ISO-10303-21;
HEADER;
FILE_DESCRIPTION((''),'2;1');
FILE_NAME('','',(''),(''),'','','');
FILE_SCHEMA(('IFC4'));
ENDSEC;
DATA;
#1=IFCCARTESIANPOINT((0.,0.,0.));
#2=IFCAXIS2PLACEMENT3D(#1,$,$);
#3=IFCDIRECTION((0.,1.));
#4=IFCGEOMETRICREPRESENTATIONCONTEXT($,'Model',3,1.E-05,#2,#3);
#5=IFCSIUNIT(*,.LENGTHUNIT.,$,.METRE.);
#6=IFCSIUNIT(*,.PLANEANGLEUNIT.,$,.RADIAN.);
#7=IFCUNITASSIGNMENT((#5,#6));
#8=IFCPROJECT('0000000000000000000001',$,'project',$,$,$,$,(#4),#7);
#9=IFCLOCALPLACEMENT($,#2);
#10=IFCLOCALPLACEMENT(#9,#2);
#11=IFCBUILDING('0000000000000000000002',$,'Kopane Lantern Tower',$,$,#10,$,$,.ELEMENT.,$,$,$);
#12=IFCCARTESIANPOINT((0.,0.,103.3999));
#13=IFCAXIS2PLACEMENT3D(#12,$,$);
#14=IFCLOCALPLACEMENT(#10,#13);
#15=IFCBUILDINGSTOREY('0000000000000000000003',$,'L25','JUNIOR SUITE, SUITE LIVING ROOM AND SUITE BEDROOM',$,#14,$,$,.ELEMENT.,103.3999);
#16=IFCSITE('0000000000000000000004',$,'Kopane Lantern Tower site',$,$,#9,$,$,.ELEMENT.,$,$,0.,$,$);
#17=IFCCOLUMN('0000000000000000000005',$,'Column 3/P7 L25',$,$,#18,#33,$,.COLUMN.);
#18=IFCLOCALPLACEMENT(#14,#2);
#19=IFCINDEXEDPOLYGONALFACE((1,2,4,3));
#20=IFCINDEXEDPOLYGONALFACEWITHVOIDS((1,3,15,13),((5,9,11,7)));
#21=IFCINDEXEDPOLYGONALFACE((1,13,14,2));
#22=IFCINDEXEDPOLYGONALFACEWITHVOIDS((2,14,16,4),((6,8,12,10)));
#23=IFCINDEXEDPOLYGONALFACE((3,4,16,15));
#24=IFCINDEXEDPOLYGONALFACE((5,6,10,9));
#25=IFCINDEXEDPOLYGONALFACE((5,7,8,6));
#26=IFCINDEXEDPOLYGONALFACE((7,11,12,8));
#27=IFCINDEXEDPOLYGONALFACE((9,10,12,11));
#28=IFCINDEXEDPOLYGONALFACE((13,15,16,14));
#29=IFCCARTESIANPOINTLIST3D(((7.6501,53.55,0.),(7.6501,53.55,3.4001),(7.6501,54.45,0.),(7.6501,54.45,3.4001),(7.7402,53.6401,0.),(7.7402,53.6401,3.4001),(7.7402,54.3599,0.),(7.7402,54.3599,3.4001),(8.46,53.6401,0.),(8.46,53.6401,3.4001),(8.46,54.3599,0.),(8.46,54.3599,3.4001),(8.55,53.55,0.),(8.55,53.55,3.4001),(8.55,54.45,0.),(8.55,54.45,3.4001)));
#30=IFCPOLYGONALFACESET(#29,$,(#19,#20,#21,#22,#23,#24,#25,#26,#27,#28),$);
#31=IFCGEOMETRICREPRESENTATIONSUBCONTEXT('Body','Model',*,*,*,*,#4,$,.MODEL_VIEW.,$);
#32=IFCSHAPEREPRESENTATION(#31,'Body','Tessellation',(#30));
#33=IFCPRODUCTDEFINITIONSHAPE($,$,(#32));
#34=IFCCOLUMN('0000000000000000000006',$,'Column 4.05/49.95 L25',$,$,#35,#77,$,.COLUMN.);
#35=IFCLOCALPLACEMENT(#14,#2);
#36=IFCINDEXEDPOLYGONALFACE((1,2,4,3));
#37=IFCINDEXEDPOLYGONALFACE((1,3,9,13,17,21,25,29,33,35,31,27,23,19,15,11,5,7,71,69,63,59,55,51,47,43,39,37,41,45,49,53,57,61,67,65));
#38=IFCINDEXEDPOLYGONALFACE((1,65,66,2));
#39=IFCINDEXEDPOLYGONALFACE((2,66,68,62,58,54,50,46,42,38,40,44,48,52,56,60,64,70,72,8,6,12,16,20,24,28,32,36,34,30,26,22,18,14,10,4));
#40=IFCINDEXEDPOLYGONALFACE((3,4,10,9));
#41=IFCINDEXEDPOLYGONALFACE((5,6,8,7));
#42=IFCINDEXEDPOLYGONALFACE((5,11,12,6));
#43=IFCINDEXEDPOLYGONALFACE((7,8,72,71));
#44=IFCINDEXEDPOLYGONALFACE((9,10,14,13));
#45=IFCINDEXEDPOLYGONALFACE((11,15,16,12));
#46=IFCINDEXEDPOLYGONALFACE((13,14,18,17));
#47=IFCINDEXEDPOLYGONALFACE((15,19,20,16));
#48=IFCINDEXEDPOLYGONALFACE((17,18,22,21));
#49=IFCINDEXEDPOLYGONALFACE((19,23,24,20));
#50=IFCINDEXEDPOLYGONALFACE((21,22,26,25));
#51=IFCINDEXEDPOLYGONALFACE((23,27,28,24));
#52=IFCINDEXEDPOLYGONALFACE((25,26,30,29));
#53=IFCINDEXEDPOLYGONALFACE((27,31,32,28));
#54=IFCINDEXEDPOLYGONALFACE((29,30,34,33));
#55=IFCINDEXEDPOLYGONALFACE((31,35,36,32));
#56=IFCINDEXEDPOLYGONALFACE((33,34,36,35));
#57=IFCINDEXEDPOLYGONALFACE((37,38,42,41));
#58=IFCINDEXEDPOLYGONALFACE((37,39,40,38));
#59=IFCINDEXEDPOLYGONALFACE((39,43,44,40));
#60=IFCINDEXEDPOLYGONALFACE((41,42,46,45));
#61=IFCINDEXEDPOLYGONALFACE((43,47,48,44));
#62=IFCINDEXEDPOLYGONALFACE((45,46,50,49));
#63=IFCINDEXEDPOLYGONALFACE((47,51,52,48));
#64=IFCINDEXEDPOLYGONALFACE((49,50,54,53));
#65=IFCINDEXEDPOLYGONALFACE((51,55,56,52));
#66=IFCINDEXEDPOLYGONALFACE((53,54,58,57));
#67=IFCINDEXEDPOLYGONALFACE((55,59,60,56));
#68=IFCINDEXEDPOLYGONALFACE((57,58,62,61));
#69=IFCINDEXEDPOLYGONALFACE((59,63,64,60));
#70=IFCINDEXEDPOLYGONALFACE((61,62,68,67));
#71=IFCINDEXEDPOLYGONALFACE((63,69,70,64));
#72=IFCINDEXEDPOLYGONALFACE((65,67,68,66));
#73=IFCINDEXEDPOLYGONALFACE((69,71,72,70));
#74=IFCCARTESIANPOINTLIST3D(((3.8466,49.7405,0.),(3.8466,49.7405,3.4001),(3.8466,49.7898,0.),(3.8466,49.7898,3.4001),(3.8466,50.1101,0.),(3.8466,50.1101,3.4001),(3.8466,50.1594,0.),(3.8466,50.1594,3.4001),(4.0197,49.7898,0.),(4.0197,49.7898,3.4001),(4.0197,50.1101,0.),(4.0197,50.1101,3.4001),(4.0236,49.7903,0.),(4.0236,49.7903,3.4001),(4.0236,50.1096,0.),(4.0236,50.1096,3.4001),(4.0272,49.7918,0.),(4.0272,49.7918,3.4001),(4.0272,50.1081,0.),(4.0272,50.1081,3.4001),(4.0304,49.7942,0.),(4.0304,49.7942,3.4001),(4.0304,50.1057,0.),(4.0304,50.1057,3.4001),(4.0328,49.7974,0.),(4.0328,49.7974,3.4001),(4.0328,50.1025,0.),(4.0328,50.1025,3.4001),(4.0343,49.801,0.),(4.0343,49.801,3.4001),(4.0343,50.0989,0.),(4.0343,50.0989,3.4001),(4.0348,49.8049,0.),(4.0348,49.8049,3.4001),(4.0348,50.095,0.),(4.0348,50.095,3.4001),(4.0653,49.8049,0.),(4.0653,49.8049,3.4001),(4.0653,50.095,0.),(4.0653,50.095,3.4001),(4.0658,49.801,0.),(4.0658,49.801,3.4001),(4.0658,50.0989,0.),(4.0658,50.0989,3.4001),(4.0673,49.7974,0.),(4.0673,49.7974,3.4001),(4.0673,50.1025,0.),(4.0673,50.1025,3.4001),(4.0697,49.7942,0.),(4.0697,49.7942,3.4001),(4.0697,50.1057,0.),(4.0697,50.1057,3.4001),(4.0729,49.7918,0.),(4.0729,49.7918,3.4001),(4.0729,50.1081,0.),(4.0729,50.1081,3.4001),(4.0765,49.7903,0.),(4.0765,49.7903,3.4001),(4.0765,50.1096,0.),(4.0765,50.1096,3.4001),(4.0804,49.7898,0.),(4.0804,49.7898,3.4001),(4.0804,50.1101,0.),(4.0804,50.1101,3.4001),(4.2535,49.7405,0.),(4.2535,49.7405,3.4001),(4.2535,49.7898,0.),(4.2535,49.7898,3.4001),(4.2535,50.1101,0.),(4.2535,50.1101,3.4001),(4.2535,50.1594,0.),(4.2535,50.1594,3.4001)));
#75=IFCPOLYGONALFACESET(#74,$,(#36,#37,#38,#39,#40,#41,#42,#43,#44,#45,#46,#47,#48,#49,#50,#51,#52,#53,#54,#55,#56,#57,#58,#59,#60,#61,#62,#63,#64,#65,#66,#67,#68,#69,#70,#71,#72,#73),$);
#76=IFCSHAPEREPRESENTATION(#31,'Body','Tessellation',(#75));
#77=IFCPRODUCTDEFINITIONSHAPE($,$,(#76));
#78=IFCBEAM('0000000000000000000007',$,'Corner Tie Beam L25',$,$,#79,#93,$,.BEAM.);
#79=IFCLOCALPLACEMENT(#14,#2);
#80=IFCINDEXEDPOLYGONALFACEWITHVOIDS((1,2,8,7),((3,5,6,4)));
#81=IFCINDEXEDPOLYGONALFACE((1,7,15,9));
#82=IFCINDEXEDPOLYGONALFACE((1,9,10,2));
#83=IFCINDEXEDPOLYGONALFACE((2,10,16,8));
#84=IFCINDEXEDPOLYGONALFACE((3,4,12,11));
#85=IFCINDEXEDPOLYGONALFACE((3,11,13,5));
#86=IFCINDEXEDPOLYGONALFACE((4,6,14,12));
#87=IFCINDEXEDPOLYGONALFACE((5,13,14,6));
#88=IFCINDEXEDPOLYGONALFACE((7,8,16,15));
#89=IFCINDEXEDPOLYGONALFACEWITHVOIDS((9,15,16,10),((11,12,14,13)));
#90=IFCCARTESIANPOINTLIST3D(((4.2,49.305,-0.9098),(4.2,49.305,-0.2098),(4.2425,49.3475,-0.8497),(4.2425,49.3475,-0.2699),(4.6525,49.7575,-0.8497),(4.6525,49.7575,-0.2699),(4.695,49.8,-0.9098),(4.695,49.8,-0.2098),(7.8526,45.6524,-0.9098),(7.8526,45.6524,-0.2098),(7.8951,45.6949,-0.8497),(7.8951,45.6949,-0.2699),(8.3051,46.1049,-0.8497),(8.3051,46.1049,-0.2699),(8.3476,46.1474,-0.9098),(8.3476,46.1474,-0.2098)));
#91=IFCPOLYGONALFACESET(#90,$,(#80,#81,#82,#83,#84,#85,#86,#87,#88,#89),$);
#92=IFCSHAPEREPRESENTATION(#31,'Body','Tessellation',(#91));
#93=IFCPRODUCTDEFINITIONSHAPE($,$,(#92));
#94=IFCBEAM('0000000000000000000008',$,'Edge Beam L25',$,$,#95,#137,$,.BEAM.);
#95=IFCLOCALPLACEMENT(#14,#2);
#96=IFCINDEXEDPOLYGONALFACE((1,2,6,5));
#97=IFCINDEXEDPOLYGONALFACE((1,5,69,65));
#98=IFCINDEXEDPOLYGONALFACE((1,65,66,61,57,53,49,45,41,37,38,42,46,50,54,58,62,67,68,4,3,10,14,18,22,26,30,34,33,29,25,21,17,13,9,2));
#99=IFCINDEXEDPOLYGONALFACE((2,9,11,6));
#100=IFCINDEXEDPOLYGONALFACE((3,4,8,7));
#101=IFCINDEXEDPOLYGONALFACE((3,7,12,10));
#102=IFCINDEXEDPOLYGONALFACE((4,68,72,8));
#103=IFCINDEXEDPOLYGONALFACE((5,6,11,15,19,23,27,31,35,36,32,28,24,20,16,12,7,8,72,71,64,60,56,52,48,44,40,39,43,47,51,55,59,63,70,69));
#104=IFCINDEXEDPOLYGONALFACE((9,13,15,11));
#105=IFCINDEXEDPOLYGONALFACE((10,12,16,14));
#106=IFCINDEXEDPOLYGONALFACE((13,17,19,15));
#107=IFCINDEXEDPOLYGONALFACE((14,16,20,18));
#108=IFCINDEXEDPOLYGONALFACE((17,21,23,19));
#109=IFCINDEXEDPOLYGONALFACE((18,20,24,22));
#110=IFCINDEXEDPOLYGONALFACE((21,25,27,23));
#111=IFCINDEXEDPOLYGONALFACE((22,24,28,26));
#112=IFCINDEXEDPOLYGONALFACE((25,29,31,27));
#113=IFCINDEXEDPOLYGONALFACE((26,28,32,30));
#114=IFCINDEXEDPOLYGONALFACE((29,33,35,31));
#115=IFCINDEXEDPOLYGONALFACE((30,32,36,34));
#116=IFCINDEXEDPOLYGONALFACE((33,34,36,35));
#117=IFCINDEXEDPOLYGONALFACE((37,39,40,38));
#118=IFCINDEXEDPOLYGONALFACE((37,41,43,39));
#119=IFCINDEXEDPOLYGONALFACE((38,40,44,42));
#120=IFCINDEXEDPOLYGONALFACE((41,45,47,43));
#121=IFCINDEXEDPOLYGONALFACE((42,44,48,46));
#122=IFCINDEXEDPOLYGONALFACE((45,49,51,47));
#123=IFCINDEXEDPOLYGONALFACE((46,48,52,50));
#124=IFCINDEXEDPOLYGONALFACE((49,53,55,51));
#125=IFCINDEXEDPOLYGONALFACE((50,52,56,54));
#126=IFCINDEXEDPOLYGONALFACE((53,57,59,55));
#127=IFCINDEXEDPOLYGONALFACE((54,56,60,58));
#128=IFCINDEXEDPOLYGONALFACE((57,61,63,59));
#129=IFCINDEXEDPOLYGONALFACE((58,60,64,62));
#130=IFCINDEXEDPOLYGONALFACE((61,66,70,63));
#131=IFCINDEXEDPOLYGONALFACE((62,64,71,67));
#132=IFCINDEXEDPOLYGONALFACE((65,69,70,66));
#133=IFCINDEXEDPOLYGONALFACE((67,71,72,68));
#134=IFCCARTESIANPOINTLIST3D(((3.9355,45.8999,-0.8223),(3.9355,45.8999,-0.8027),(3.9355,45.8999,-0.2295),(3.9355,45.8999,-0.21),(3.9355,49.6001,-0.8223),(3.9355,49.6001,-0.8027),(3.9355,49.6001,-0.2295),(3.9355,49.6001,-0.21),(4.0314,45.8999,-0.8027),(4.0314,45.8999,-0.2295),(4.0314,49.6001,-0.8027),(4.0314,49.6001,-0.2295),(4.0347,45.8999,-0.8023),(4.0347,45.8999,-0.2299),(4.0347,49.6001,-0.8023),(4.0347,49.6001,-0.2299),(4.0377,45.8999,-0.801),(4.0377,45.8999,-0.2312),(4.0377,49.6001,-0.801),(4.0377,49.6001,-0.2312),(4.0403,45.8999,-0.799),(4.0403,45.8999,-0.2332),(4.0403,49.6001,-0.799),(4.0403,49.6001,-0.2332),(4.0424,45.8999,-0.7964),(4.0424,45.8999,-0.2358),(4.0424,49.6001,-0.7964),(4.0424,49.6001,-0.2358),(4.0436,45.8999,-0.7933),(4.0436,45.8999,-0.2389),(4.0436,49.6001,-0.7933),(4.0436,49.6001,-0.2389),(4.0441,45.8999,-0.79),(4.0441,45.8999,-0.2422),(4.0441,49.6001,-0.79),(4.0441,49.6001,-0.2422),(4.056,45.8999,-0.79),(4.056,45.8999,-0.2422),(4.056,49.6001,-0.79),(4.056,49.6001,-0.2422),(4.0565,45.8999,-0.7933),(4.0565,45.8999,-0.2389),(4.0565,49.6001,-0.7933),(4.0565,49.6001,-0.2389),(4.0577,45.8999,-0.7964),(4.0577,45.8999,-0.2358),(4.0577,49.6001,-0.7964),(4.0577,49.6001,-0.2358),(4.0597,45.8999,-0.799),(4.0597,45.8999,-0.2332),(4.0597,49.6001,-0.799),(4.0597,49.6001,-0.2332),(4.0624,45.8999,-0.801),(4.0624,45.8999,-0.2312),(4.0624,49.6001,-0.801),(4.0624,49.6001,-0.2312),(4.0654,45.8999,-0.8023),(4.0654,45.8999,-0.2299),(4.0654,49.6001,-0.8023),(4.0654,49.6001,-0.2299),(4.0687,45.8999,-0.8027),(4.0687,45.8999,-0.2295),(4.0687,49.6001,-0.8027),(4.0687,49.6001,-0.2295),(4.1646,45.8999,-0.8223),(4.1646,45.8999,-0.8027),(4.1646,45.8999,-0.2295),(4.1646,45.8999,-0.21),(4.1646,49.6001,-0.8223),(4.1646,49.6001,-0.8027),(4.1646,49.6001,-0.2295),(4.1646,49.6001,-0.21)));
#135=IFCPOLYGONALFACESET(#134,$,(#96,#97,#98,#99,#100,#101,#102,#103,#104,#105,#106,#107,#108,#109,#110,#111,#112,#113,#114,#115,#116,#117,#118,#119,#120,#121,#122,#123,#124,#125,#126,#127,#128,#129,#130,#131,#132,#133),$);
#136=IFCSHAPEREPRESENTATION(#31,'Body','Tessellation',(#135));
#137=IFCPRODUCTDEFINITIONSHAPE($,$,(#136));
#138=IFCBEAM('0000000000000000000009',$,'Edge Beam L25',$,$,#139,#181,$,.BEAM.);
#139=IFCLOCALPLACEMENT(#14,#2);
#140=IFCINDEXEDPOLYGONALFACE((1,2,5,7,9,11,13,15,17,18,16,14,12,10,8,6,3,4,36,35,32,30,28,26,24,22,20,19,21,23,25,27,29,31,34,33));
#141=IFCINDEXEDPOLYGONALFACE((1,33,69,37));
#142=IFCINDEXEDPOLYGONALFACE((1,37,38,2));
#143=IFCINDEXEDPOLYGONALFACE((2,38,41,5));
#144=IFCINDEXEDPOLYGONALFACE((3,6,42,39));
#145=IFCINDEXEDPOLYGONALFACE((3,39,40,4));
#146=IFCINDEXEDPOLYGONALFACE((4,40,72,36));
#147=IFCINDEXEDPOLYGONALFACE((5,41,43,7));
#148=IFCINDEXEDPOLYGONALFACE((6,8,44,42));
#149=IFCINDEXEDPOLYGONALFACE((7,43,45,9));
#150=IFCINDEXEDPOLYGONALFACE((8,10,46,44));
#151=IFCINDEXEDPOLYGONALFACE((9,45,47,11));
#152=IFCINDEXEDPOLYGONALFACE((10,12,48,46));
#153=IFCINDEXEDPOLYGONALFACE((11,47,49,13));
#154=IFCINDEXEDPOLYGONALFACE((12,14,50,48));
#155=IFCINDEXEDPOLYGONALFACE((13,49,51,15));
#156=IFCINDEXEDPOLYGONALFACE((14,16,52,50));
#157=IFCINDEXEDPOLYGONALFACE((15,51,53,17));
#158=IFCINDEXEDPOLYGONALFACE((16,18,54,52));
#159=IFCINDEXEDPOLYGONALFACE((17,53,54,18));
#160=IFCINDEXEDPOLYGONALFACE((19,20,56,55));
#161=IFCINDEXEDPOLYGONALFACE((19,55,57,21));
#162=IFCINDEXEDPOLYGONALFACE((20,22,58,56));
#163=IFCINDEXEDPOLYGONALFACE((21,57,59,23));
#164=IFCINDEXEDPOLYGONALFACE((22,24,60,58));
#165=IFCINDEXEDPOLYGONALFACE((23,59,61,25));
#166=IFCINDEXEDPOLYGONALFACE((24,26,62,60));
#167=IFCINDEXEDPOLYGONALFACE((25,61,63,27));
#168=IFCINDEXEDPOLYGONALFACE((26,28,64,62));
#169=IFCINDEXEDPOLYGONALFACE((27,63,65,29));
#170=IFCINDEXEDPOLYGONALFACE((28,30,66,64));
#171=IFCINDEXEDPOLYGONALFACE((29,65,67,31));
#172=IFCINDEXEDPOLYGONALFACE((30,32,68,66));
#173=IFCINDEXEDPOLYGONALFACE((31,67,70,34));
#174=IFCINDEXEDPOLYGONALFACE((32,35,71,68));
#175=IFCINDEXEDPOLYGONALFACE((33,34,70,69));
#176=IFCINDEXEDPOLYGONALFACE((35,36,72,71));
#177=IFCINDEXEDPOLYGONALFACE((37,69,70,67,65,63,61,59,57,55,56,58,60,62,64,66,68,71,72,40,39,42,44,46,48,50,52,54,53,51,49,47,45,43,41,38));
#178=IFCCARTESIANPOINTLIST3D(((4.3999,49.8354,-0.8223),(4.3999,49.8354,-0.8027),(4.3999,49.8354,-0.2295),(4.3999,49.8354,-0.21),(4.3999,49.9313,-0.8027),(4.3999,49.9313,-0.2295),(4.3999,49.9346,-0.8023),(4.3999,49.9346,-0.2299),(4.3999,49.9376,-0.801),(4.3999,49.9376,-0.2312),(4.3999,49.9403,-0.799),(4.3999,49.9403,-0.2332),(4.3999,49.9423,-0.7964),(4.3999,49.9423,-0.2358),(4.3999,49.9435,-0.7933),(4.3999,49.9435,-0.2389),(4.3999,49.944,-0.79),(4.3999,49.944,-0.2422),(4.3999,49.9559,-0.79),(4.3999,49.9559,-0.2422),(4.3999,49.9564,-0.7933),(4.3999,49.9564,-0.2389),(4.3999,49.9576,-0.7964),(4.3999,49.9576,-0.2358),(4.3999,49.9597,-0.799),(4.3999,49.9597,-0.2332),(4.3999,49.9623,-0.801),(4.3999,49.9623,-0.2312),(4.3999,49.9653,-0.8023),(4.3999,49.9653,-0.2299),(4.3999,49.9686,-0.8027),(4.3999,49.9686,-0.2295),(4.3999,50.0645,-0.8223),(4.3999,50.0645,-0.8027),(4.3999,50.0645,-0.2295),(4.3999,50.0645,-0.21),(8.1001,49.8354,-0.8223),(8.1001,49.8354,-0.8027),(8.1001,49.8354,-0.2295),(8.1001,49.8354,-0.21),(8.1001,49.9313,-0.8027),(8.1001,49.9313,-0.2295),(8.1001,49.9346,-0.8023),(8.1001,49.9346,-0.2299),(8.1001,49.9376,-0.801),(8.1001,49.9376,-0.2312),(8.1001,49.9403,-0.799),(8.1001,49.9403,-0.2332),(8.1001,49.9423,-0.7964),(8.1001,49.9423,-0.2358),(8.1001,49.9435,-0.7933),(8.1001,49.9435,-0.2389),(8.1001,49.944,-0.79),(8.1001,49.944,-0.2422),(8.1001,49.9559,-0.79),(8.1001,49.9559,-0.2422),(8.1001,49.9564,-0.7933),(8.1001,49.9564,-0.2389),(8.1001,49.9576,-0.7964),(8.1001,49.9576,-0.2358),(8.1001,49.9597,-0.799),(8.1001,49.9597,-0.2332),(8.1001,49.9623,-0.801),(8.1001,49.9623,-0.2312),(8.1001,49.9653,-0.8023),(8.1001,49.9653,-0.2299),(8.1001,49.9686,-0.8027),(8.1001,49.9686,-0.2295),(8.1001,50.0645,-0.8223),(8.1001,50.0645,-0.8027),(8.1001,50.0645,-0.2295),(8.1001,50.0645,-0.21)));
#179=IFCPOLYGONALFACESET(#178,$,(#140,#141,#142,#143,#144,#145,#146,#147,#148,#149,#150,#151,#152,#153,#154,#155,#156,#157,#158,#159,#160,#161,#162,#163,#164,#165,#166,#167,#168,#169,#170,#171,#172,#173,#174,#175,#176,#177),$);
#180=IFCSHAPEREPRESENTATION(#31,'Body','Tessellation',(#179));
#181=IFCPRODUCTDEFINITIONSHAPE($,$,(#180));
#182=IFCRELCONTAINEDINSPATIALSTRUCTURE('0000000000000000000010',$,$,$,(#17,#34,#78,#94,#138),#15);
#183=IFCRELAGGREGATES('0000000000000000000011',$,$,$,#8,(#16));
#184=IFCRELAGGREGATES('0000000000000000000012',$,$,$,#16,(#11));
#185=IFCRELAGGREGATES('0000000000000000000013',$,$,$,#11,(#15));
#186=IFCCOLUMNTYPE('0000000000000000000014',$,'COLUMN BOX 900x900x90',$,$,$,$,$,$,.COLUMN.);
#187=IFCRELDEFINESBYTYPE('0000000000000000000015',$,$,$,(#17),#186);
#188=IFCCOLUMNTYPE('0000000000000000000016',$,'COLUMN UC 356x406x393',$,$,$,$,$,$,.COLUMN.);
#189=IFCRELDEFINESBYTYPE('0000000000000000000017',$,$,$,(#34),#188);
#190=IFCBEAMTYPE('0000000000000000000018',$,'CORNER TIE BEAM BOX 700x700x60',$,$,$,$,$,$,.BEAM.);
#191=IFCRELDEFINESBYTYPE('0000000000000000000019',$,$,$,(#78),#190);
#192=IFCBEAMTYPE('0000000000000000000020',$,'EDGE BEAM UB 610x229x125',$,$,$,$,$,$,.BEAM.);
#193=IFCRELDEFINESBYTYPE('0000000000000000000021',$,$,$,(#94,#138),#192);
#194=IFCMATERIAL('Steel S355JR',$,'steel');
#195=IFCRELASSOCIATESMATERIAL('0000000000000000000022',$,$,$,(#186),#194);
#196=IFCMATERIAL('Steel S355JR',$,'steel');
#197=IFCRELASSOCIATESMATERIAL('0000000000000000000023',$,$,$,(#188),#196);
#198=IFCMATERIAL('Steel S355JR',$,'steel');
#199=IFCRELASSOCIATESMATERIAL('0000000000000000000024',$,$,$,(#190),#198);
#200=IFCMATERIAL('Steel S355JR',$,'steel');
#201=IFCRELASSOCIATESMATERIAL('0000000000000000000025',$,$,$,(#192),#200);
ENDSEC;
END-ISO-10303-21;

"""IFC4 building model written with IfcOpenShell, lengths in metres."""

from ifc_helpers import new_model, si_unit, direction, frame, origin, origin_2d, place, context, subcontext, project, spatial, hollow_rectangle, i_section, extrude, material, material_profile, profile_set, type_object, element, save


model = new_model("IFC4")

# Units and contexts
model_context = context("Model", 3, precision=1e-05, world=origin(), true_north=direction((0.0, 1.0)))
body_context = subcontext(model_context, "Body", "Model", "MODEL_VIEW")
ifc_project = project(units=[si_unit("LENGTHUNIT", "METRE"), si_unit("PLANEANGLEUNIT", "RADIAN")], contexts=[model_context])

# Site, building, storey
site_placement = place(None, origin())
site = spatial("IfcSite", under=ifc_project, at=site_placement, Name="Kopane Lantern Tower site", CompositionType="ELEMENT", RefElevation=0.0)
building_placement = place(site_placement, origin())
building = spatial("IfcBuilding", under=site, at=building_placement, Name="Kopane Lantern Tower", CompositionType="ELEMENT")
storey_placement = place(building_placement, frame((0.0, 0.0, 103.3999)))
storey = spatial("IfcBuildingStorey", under=building, at=storey_placement, Name="L25", Description="JUNIOR SUITE, SUITE LIVING ROOM AND SUITE BEDROOM", CompositionType="ELEMENT", Elevation=103.3999)

# Columns
ifc_material_1 = material(Name="Steel S355JR", Category="steel")
ifc_material_profile_1 = material_profile(ifc_material_1, hollow_rectangle(XDim=0.8999, YDim=0.8999, WallThickness=0.0901, at=origin_2d()), Name="BOX 900x900x90")
ifc_profile_set_1 = profile_set([ifc_material_profile_1], Name="Steel S355JR")
column_type_1 = type_object("IfcColumnType", Name="COLUMN BOX 900x900x90", PredefinedType="COLUMN", material=ifc_profile_set_1)
column_1_placement = place(storey_placement, frame((8.1001, 54.0, 0.0), z_axis=(0.0, 0.0, 1.0), x_axis=(1.0, 0.0, 0.0)))
element("IfcColumn", 1, at=column_1_placement, inside=storey, type_object=column_type_1, Name="Column 3/P7 L25", PredefinedType="COLUMN", context=body_context, shape_type="SweptSolid", body=[
    extrude(hollow_rectangle(XDim=0.8999, YDim=0.8999, WallThickness=0.0901, at=origin_2d()), origin(), (0.0, 0.0, 1.0), 3.4001),
])
ifc_material_2 = material(Name="Steel S355JR", Category="steel")
ifc_material_profile_2 = material_profile(ifc_material_2, i_section(OverallWidth=0.407, OverallDepth=0.4189, WebThickness=0.0305, FlangeThickness=0.0493, FilletRadius=0.0151, at=origin_2d()), Name="UC 356x406x393")
ifc_profile_set_2 = profile_set([ifc_material_profile_2], Name="Steel S355JR")
column_type_2 = type_object("IfcColumnType", Name="COLUMN UC 356x406x393", PredefinedType="COLUMN", material=ifc_profile_set_2)
column_2_placement = place(storey_placement, frame((4.05, 49.95, 0.0), z_axis=(0.0, 0.0, 1.0), x_axis=(1.0, 0.0, 0.0)))
element("IfcColumn", 2, at=column_2_placement, inside=storey, type_object=column_type_2, Name="Column 4.05/49.95 L25", PredefinedType="COLUMN", context=body_context, shape_type="SweptSolid", body=[
    extrude(i_section(OverallWidth=0.407, OverallDepth=0.4189, WebThickness=0.0305, FlangeThickness=0.0493, FilletRadius=0.0151, at=origin_2d()), origin(), (0.0, 0.0, 1.0), 3.4001),
])

# Beams
ifc_material_3 = material(Name="Steel S355JR", Category="steel")
ifc_material_profile_3 = material_profile(ifc_material_3, hollow_rectangle(XDim=0.7, YDim=0.7, WallThickness=0.0601, at=origin_2d()), Name="BOX 700x700x60")
ifc_profile_set_3 = profile_set([ifc_material_profile_3], Name="Steel S355JR")
beam_type_1 = type_object("IfcBeamType", Name="CORNER TIE BEAM BOX 700x700x60", PredefinedType="BEAM", material=ifc_profile_set_3)
beam_1_placement = place(storey_placement, frame((4.4475, 49.5525, -0.5598), z_axis=(0.707107, -0.707107, 0.0), x_axis=(0.707107, 0.707107, 0.0)))
element("IfcBeam", 3, at=beam_1_placement, inside=storey, type_object=beam_type_1, Name="Corner Tie Beam L25", PredefinedType="BEAM", context=body_context, shape_type="SweptSolid", body=[
    extrude(hollow_rectangle(XDim=0.7, YDim=0.7, WallThickness=0.0601, at=origin_2d()), origin(), (0.0, 0.0, 1.0), 5.1655),
])
ifc_material_4 = material(Name="Steel S355JR", Category="steel")
ifc_material_profile_4 = material_profile(ifc_material_4, i_section(OverallWidth=0.229, OverallDepth=0.6123, WebThickness=0.012, FlangeThickness=0.0195, FilletRadius=0.0127, at=origin_2d()), Name="UB 610x229x125")
ifc_profile_set_4 = profile_set([ifc_material_profile_4], Name="Steel S355JR")
beam_type_2 = type_object("IfcBeamType", Name="EDGE BEAM UB 610x229x125", PredefinedType="BEAM", material=ifc_profile_set_4)
for number, where, z_axis, x_axis, name in (
    (4, (4.05, 49.6001, -0.5161), (0.0, -1.0, 0.0), (1.0, 0.0, 0.0), "Edge Beam L25"),
    (5, (4.3999, 49.95, -0.5161), (1.0, 0.0, 0.0), (0.0, 1.0, 0.0), "Edge Beam L25"),
):
    element("IfcBeam", number, at=place(storey_placement, frame(where, z_axis=z_axis, x_axis=x_axis)), inside=storey, type_object=beam_type_2, Name=name, PredefinedType="BEAM", context=body_context, shape_type="SweptSolid", body=[
        extrude(i_section(OverallWidth=0.229, OverallDepth=0.6123, WebThickness=0.012, FlangeThickness=0.0195, FilletRadius=0.0127, at=origin_2d()), origin(), (0.0, 0.0, 1.0), 3.7002),
    ])

save(model, "model.ifc")
